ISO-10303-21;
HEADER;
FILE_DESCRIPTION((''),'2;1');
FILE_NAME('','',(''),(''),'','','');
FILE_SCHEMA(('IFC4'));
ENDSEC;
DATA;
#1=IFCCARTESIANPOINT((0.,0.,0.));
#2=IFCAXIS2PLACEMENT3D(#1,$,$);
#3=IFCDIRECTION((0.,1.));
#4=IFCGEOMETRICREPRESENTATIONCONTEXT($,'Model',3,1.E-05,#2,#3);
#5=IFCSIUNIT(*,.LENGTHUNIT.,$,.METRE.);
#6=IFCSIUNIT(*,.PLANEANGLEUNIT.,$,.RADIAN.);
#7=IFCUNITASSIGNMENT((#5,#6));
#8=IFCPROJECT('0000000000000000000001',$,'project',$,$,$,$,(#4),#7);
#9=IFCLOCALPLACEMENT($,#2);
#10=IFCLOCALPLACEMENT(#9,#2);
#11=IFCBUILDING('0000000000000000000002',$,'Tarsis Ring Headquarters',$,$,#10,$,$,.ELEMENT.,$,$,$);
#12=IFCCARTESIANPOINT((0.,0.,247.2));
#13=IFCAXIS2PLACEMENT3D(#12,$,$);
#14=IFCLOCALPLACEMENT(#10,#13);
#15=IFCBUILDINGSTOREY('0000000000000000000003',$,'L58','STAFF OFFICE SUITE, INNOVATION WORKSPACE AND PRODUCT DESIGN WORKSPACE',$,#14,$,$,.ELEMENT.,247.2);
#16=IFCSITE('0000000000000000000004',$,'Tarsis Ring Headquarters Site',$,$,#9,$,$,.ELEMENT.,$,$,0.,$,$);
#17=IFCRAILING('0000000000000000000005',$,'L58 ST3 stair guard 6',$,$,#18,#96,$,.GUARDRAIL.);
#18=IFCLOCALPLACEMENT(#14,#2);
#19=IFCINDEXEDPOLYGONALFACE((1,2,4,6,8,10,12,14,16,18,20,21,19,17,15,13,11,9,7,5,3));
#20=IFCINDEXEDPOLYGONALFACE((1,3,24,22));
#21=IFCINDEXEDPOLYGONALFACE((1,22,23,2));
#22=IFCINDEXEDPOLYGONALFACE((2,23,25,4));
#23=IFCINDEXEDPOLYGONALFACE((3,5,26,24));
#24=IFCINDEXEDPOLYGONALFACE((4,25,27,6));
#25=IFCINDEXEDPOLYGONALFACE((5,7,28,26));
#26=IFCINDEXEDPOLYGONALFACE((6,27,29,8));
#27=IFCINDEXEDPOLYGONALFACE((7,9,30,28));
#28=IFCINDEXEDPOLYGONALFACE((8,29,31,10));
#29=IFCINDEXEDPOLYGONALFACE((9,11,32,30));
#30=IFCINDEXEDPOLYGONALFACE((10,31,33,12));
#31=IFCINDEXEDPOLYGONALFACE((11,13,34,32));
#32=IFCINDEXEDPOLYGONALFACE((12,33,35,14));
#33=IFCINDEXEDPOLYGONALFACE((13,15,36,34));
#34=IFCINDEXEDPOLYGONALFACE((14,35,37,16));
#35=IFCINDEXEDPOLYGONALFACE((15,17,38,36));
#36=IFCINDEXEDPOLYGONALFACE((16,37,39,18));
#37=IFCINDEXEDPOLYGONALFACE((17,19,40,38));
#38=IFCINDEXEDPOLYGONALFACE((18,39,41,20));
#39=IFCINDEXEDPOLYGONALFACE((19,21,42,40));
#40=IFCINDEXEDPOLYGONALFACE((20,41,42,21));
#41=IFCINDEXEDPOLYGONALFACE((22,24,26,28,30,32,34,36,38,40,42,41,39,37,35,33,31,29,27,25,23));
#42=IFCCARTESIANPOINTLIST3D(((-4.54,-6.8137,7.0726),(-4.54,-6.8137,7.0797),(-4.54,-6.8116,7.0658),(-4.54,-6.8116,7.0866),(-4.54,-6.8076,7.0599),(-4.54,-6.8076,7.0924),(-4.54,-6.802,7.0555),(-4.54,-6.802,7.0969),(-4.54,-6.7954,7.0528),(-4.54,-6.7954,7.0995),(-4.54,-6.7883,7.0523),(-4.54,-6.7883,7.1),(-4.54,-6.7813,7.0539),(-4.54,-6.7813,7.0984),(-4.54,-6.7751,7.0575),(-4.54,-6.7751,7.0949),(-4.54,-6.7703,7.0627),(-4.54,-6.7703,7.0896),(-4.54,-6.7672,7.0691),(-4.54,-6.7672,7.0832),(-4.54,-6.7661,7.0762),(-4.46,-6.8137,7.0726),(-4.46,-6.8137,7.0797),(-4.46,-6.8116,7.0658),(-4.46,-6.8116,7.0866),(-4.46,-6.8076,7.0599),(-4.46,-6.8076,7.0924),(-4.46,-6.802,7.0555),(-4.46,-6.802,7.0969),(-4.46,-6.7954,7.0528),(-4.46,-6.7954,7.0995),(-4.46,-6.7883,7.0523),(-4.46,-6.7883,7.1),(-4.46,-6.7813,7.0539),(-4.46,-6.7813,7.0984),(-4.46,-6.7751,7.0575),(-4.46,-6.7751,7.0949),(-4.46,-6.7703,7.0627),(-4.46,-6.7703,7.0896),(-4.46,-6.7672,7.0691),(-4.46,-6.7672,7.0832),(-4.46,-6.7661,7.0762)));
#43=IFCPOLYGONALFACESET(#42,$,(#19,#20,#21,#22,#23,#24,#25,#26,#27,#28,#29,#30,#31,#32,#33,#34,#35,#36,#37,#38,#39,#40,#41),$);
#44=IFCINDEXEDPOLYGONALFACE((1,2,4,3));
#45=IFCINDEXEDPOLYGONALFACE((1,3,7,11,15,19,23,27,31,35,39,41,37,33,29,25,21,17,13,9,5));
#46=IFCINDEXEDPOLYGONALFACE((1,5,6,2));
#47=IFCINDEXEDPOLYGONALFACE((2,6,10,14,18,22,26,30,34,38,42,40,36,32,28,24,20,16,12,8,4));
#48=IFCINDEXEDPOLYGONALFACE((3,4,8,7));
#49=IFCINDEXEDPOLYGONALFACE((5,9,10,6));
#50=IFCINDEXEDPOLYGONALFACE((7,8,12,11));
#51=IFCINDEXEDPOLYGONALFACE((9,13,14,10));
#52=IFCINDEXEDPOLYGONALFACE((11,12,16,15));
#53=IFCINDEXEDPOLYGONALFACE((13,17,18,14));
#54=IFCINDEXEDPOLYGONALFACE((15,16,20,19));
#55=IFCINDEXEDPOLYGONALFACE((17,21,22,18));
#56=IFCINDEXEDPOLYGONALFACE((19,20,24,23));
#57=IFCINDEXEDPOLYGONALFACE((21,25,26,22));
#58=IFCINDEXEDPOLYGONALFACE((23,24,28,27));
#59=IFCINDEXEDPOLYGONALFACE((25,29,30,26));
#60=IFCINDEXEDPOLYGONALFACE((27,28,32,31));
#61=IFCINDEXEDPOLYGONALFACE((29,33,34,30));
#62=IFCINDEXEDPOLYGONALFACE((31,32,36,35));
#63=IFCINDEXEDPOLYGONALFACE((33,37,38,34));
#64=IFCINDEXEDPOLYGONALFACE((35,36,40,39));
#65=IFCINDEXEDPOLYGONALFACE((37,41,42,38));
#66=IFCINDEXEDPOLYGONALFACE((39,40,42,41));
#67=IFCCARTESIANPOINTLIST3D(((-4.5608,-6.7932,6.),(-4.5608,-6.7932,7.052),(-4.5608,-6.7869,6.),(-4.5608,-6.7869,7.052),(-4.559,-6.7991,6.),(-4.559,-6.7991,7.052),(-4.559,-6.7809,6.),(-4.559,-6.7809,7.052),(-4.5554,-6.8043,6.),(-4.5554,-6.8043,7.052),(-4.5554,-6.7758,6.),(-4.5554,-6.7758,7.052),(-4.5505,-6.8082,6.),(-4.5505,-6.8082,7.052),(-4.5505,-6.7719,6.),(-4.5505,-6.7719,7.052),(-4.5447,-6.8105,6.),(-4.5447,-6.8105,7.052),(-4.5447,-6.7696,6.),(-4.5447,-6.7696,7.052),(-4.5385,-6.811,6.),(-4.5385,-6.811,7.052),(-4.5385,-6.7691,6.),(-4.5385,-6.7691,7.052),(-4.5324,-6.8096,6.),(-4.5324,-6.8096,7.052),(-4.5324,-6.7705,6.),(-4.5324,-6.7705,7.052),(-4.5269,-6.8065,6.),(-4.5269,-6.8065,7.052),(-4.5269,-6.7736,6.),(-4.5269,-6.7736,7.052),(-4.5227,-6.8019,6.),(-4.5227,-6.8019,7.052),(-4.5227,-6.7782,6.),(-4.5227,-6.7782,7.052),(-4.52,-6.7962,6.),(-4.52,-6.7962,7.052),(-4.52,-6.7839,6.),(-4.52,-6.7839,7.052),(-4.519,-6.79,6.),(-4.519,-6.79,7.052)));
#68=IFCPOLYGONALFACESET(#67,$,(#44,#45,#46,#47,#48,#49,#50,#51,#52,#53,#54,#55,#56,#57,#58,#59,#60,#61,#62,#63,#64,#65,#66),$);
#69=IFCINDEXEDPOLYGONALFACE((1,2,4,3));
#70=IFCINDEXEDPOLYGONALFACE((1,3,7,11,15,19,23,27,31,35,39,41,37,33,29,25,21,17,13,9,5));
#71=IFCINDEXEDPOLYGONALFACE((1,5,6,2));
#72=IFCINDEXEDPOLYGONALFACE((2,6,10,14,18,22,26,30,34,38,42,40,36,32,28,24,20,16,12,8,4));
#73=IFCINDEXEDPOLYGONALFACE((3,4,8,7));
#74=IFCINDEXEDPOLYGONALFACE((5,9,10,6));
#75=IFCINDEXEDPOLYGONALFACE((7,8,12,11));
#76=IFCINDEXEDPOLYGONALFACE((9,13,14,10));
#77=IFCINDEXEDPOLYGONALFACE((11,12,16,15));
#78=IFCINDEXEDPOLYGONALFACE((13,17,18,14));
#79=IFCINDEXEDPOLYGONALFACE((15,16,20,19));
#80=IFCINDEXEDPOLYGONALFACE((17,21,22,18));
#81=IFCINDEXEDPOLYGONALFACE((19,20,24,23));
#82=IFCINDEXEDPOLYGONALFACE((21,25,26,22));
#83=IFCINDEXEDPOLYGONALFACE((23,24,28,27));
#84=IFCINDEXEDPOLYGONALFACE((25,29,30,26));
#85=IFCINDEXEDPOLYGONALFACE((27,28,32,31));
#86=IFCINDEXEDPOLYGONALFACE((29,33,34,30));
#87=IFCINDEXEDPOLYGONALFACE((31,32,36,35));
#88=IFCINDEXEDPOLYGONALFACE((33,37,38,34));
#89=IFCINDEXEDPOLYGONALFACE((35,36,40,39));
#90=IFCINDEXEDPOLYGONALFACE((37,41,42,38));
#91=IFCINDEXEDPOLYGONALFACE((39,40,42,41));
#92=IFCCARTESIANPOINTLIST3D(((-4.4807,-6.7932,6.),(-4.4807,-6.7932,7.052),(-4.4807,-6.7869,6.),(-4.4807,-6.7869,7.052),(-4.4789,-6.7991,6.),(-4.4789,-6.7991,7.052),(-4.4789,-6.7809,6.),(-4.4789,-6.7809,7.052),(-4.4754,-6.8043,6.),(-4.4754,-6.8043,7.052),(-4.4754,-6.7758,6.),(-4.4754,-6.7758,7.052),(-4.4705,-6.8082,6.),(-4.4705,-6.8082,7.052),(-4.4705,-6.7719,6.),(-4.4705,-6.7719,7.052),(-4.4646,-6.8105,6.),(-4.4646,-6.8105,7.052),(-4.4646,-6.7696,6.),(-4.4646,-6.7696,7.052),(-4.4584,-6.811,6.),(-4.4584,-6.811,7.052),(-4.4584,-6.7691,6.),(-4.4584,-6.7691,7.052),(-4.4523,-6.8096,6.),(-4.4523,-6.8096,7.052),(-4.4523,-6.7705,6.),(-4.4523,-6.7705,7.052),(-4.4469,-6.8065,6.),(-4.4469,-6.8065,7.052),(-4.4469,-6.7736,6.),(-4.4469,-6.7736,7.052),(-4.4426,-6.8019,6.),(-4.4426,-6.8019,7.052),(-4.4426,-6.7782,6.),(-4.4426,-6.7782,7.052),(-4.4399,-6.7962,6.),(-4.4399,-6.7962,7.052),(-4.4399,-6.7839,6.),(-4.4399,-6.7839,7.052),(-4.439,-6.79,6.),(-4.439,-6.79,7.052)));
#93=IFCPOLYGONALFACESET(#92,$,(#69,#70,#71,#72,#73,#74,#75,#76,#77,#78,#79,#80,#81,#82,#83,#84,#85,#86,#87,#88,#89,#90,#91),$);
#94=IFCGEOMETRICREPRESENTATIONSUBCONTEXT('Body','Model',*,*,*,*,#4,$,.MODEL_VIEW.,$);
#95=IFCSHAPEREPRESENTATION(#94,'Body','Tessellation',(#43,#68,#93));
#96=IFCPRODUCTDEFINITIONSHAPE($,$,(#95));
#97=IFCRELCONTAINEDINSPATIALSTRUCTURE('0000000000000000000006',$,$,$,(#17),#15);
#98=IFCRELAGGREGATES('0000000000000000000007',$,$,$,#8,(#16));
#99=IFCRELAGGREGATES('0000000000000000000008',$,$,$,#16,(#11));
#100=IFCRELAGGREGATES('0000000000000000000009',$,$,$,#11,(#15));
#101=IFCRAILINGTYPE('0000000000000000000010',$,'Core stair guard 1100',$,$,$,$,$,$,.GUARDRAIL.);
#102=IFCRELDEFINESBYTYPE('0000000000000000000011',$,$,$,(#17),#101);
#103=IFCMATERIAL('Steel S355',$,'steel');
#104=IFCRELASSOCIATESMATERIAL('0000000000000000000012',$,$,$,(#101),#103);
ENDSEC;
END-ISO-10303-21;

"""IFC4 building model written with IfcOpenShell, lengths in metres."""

from ifc_helpers import new_model, si_unit, direction, frame, origin, origin_2d, place, context, subcontext, project, spatial, circle, extrude, material, type_object, element, save


model = new_model("IFC4")

# Units and contexts
model_context = context("Model", 3, precision=1e-05, world=origin(), true_north=direction((0.0, 1.0)))
body_context = subcontext(model_context, "Body", "Model", "MODEL_VIEW")
ifc_project = project(units=[si_unit("LENGTHUNIT", "METRE"), si_unit("PLANEANGLEUNIT", "RADIAN")], contexts=[model_context])

# Site, building, storey
site_placement = place(None, origin())
site = spatial("IfcSite", under=ifc_project, at=site_placement, Name="Tarsis Ring Headquarters Site", CompositionType="ELEMENT", RefElevation=0.0)
building_placement = place(site_placement, origin())
building = spatial("IfcBuilding", under=site, at=building_placement, Name="Tarsis Ring Headquarters", CompositionType="ELEMENT")
storey_placement = place(building_placement, frame((0.0, 0.0, 247.2)))
storey = spatial("IfcBuildingStorey", under=building, at=storey_placement, Name="L58", Description="STAFF OFFICE SUITE, INNOVATION WORKSPACE AND PRODUCT DESIGN WORKSPACE", CompositionType="ELEMENT", Elevation=247.2)

# Shared definitions
ifc_material_1 = material(Name="Steel S355", Category="steel")

# Railing
railing_type = type_object("IfcRailingType", Name="Core stair guard 1100", PredefinedType="GUARDRAIL", material=ifc_material_1)
railing_1_placement = place(storey_placement, frame((-4.54, -6.79, 6.0)))
element("IfcRailing", 1, at=railing_1_placement, inside=storey, type_object=railing_type, Name="L58 ST3 stair guard 6", PredefinedType="GUARDRAIL", context=body_context, shape_type="SweptSolid", body=[
    extrude(circle(Radius=0.0239, at=origin_2d()), frame((0.0, 0.0, 1.0762), z_axis=(1.0, 0.0, 0.0), x_axis=(0.0, 1.0, 0.0)), (0.0, 0.0, 1.0), 0.0801),
    extrude(circle(Radius=0.021, at=origin_2d()), origin(), (0.0, 0.0, 1.0), 1.052),
    extrude(circle(Radius=0.021, at=origin_2d()), frame((0.0801, 0.0, 0.0)), (0.0, 0.0, 1.0), 1.052),
])

save(model, "model.ifc")
